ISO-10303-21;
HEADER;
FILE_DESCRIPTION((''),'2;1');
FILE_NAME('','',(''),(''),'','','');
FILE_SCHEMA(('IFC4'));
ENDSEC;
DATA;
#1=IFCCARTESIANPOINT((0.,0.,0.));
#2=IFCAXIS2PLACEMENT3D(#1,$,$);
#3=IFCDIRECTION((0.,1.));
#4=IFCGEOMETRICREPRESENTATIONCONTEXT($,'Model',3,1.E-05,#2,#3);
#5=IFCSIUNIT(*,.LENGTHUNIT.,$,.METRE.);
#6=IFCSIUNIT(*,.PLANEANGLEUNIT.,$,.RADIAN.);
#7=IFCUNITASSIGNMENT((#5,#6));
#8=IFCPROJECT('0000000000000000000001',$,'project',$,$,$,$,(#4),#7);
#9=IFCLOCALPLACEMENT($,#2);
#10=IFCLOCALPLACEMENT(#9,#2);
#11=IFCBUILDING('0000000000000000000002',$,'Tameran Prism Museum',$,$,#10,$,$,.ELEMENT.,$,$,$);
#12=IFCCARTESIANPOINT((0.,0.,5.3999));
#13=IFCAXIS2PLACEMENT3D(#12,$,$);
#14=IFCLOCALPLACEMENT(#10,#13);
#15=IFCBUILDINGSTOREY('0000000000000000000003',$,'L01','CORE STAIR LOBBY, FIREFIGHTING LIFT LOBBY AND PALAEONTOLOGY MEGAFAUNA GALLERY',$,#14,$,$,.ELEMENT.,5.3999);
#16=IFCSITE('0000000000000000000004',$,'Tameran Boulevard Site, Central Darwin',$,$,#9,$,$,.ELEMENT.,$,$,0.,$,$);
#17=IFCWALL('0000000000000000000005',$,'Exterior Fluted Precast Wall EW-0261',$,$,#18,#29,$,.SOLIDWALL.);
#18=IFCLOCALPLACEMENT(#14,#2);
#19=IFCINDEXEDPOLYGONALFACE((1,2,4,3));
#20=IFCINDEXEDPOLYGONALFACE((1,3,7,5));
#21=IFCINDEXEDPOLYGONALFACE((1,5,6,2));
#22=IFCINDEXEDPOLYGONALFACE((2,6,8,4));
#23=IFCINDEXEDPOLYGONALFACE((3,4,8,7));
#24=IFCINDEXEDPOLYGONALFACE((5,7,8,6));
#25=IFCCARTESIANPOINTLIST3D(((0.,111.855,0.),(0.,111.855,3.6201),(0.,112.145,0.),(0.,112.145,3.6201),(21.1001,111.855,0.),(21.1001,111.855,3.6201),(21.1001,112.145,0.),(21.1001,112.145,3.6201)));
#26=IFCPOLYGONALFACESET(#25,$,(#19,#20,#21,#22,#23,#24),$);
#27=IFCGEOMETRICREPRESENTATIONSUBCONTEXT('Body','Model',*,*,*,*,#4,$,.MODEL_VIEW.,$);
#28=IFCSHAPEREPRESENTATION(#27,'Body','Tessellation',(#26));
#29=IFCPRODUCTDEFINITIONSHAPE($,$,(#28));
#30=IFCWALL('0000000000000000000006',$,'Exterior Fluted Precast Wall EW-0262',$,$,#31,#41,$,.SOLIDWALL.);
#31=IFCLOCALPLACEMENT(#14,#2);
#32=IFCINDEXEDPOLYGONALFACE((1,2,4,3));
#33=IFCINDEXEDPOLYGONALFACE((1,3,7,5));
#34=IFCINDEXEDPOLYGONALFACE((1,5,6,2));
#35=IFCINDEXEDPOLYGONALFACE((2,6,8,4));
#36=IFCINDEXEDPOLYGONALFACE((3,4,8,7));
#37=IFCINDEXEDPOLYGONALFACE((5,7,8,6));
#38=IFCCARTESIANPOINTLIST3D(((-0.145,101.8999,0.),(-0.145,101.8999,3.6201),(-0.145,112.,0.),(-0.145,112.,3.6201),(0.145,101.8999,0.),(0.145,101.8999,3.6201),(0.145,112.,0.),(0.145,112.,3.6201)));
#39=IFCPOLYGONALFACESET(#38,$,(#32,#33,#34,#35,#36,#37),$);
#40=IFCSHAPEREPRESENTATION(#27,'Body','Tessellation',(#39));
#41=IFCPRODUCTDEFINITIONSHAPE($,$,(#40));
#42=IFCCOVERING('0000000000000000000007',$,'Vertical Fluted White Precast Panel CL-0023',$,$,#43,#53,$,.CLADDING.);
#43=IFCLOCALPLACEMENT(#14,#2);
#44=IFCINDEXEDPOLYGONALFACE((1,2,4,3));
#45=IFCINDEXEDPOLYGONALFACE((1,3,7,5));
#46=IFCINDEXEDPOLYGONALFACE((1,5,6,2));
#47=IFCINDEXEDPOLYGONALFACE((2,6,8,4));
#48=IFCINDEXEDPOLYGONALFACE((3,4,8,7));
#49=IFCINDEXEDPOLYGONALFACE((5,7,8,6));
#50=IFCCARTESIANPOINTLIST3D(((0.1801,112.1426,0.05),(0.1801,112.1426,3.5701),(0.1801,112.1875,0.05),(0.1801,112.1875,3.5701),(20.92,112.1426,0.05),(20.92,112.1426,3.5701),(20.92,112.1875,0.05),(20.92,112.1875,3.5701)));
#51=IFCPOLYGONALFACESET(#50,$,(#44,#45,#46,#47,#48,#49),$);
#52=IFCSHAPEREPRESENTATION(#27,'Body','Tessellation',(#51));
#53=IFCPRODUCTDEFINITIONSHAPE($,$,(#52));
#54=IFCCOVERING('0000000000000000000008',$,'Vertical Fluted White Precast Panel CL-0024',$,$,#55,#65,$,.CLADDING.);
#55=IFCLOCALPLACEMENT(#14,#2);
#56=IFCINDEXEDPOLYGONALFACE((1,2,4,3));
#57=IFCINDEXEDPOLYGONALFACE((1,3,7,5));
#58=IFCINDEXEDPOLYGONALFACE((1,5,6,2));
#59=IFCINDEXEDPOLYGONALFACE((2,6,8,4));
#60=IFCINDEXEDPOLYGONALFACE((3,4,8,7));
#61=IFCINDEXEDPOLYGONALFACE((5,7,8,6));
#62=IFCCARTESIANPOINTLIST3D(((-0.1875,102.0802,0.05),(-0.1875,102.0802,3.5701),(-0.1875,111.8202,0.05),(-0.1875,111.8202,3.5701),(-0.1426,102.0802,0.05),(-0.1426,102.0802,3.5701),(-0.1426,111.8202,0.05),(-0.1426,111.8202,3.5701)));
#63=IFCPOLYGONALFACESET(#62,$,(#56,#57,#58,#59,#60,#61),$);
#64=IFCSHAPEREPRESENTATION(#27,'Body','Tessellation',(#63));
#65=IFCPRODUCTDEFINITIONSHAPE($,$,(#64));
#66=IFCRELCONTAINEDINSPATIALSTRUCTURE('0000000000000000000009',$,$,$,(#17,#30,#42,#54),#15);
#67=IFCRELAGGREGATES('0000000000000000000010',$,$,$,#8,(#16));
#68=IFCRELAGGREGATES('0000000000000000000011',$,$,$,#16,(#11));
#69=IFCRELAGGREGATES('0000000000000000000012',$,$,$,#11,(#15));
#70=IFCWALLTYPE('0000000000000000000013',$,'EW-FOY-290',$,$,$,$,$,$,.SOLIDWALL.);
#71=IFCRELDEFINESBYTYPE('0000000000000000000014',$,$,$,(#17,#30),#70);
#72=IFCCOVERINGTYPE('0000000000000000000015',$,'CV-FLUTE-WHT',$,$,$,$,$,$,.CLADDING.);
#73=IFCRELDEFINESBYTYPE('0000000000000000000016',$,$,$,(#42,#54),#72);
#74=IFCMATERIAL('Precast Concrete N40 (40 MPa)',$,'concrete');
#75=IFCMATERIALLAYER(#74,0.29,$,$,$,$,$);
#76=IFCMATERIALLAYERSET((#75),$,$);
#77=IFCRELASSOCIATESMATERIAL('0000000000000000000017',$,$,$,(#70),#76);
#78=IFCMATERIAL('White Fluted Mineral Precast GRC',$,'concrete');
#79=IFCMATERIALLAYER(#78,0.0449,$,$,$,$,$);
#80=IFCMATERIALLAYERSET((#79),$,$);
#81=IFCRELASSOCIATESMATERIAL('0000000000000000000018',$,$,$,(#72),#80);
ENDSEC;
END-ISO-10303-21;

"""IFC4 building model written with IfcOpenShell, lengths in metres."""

from ifc_helpers import new_model, si_unit, direction, frame, frame_2d, origin, place, context, subcontext, project, spatial, rectangle, extrude, material, layer, layer_set, type_object, element, save


model = new_model("IFC4")

# Units and contexts
model_context = context("Model", 3, precision=1e-05, world=origin(), true_north=direction((0.0, 1.0)))
body_context = subcontext(model_context, "Body", "Model", "MODEL_VIEW")
ifc_project = project(units=[si_unit("LENGTHUNIT", "METRE"), si_unit("PLANEANGLEUNIT", "RADIAN")], contexts=[model_context])

# Site, building, storey
site_placement = place(None, origin())
site = spatial("IfcSite", under=ifc_project, at=site_placement, Name="Tameran Boulevard Site, Central Darwin", CompositionType="ELEMENT", RefElevation=0.0)
building_placement = place(site_placement, origin())
building = spatial("IfcBuilding", under=site, at=building_placement, Name="Tameran Prism Museum", CompositionType="ELEMENT")
storey_placement = place(building_placement, frame((0.0, 0.0, 5.3999)))
storey = spatial("IfcBuildingStorey", under=building, at=storey_placement, Name="L01", Description="CORE STAIR LOBBY, FIREFIGHTING LIFT LOBBY AND PALAEONTOLOGY MEGAFAUNA GALLERY", CompositionType="ELEMENT", Elevation=5.3999)

# Walls
ifc_material_1 = material(Name="Precast Concrete N40 (40 MPa)", Category="concrete")
ifc_layer_1 = layer(ifc_material_1, 0.29)
ifc_layer_set_1 = layer_set([ifc_layer_1])
wall_type = type_object("IfcWallType", Name="EW-FOY-290", PredefinedType="SOLIDWALL", material=ifc_layer_set_1)
wall_1_placement = place(storey_placement, frame((0.0, 112.0, 0.0), z_axis=(0.0, 0.0, 1.0), x_axis=(1.0, 0.0, 0.0)))
element("IfcWall", 1, at=wall_1_placement, inside=storey, type_object=wall_type, Name="Exterior Fluted Precast Wall EW-0261", PredefinedType="SOLIDWALL", context=body_context, shape_type="SweptSolid", body=[
    extrude(rectangle(XDim=21.1001, YDim=0.29, at=frame_2d((10.55, 0.0))), origin(), (0.0, 0.0, 1.0), 3.6201),
])
wall_2_placement = place(storey_placement, frame((0.0, 101.8999, 0.0), z_axis=(0.0, 0.0, 1.0), x_axis=(0.0, 1.0, 0.0)))
element("IfcWall", 2, at=wall_2_placement, inside=storey, type_object=wall_type, Name="Exterior Fluted Precast Wall EW-0262", PredefinedType="SOLIDWALL", context=body_context, shape_type="SweptSolid", body=[
    extrude(rectangle(XDim=10.1001, YDim=0.29, at=frame_2d((5.05, 0.0))), origin(), (0.0, 0.0, 1.0), 3.6201),
])

# Coverings
ifc_material_2 = material(Name="White Fluted Mineral Precast GRC", Category="concrete")
ifc_layer_2 = layer(ifc_material_2, 0.0449)
ifc_layer_set_2 = layer_set([ifc_layer_2])
covering_type = type_object("IfcCoveringType", Name="CV-FLUTE-WHT", PredefinedType="CLADDING", material=ifc_layer_set_2)
covering_1_placement = place(storey_placement, frame((0.1799, 112.165, 0.05), z_axis=(0.0, 0.0, 1.0), x_axis=(1.0, 0.0, 0.0)))
element("IfcCovering", 3, at=covering_1_placement, inside=storey, type_object=covering_type, Name="Vertical Fluted White Precast Panel CL-0023", PredefinedType="CLADDING", context=body_context, shape_type="SweptSolid", body=[
    extrude(rectangle(XDim=20.74, YDim=0.0449, at=frame_2d((10.3701, 0.0))), origin(), (0.0, 0.0, 1.0), 3.52),
])
covering_2_placement = place(storey_placement, frame((-0.165, 102.0801, 0.05), z_axis=(0.0, 0.0, 1.0), x_axis=(0.0, 1.0, 0.0)))
element("IfcCovering", 4, at=covering_2_placement, inside=storey, type_object=covering_type, Name="Vertical Fluted White Precast Panel CL-0024", PredefinedType="CLADDING", context=body_context, shape_type="SweptSolid", body=[
    extrude(rectangle(XDim=9.74, YDim=0.0449, at=frame_2d((4.8701, 0.0))), origin(), (0.0, 0.0, 1.0), 3.52),
])

save(model, "model.ifc")
